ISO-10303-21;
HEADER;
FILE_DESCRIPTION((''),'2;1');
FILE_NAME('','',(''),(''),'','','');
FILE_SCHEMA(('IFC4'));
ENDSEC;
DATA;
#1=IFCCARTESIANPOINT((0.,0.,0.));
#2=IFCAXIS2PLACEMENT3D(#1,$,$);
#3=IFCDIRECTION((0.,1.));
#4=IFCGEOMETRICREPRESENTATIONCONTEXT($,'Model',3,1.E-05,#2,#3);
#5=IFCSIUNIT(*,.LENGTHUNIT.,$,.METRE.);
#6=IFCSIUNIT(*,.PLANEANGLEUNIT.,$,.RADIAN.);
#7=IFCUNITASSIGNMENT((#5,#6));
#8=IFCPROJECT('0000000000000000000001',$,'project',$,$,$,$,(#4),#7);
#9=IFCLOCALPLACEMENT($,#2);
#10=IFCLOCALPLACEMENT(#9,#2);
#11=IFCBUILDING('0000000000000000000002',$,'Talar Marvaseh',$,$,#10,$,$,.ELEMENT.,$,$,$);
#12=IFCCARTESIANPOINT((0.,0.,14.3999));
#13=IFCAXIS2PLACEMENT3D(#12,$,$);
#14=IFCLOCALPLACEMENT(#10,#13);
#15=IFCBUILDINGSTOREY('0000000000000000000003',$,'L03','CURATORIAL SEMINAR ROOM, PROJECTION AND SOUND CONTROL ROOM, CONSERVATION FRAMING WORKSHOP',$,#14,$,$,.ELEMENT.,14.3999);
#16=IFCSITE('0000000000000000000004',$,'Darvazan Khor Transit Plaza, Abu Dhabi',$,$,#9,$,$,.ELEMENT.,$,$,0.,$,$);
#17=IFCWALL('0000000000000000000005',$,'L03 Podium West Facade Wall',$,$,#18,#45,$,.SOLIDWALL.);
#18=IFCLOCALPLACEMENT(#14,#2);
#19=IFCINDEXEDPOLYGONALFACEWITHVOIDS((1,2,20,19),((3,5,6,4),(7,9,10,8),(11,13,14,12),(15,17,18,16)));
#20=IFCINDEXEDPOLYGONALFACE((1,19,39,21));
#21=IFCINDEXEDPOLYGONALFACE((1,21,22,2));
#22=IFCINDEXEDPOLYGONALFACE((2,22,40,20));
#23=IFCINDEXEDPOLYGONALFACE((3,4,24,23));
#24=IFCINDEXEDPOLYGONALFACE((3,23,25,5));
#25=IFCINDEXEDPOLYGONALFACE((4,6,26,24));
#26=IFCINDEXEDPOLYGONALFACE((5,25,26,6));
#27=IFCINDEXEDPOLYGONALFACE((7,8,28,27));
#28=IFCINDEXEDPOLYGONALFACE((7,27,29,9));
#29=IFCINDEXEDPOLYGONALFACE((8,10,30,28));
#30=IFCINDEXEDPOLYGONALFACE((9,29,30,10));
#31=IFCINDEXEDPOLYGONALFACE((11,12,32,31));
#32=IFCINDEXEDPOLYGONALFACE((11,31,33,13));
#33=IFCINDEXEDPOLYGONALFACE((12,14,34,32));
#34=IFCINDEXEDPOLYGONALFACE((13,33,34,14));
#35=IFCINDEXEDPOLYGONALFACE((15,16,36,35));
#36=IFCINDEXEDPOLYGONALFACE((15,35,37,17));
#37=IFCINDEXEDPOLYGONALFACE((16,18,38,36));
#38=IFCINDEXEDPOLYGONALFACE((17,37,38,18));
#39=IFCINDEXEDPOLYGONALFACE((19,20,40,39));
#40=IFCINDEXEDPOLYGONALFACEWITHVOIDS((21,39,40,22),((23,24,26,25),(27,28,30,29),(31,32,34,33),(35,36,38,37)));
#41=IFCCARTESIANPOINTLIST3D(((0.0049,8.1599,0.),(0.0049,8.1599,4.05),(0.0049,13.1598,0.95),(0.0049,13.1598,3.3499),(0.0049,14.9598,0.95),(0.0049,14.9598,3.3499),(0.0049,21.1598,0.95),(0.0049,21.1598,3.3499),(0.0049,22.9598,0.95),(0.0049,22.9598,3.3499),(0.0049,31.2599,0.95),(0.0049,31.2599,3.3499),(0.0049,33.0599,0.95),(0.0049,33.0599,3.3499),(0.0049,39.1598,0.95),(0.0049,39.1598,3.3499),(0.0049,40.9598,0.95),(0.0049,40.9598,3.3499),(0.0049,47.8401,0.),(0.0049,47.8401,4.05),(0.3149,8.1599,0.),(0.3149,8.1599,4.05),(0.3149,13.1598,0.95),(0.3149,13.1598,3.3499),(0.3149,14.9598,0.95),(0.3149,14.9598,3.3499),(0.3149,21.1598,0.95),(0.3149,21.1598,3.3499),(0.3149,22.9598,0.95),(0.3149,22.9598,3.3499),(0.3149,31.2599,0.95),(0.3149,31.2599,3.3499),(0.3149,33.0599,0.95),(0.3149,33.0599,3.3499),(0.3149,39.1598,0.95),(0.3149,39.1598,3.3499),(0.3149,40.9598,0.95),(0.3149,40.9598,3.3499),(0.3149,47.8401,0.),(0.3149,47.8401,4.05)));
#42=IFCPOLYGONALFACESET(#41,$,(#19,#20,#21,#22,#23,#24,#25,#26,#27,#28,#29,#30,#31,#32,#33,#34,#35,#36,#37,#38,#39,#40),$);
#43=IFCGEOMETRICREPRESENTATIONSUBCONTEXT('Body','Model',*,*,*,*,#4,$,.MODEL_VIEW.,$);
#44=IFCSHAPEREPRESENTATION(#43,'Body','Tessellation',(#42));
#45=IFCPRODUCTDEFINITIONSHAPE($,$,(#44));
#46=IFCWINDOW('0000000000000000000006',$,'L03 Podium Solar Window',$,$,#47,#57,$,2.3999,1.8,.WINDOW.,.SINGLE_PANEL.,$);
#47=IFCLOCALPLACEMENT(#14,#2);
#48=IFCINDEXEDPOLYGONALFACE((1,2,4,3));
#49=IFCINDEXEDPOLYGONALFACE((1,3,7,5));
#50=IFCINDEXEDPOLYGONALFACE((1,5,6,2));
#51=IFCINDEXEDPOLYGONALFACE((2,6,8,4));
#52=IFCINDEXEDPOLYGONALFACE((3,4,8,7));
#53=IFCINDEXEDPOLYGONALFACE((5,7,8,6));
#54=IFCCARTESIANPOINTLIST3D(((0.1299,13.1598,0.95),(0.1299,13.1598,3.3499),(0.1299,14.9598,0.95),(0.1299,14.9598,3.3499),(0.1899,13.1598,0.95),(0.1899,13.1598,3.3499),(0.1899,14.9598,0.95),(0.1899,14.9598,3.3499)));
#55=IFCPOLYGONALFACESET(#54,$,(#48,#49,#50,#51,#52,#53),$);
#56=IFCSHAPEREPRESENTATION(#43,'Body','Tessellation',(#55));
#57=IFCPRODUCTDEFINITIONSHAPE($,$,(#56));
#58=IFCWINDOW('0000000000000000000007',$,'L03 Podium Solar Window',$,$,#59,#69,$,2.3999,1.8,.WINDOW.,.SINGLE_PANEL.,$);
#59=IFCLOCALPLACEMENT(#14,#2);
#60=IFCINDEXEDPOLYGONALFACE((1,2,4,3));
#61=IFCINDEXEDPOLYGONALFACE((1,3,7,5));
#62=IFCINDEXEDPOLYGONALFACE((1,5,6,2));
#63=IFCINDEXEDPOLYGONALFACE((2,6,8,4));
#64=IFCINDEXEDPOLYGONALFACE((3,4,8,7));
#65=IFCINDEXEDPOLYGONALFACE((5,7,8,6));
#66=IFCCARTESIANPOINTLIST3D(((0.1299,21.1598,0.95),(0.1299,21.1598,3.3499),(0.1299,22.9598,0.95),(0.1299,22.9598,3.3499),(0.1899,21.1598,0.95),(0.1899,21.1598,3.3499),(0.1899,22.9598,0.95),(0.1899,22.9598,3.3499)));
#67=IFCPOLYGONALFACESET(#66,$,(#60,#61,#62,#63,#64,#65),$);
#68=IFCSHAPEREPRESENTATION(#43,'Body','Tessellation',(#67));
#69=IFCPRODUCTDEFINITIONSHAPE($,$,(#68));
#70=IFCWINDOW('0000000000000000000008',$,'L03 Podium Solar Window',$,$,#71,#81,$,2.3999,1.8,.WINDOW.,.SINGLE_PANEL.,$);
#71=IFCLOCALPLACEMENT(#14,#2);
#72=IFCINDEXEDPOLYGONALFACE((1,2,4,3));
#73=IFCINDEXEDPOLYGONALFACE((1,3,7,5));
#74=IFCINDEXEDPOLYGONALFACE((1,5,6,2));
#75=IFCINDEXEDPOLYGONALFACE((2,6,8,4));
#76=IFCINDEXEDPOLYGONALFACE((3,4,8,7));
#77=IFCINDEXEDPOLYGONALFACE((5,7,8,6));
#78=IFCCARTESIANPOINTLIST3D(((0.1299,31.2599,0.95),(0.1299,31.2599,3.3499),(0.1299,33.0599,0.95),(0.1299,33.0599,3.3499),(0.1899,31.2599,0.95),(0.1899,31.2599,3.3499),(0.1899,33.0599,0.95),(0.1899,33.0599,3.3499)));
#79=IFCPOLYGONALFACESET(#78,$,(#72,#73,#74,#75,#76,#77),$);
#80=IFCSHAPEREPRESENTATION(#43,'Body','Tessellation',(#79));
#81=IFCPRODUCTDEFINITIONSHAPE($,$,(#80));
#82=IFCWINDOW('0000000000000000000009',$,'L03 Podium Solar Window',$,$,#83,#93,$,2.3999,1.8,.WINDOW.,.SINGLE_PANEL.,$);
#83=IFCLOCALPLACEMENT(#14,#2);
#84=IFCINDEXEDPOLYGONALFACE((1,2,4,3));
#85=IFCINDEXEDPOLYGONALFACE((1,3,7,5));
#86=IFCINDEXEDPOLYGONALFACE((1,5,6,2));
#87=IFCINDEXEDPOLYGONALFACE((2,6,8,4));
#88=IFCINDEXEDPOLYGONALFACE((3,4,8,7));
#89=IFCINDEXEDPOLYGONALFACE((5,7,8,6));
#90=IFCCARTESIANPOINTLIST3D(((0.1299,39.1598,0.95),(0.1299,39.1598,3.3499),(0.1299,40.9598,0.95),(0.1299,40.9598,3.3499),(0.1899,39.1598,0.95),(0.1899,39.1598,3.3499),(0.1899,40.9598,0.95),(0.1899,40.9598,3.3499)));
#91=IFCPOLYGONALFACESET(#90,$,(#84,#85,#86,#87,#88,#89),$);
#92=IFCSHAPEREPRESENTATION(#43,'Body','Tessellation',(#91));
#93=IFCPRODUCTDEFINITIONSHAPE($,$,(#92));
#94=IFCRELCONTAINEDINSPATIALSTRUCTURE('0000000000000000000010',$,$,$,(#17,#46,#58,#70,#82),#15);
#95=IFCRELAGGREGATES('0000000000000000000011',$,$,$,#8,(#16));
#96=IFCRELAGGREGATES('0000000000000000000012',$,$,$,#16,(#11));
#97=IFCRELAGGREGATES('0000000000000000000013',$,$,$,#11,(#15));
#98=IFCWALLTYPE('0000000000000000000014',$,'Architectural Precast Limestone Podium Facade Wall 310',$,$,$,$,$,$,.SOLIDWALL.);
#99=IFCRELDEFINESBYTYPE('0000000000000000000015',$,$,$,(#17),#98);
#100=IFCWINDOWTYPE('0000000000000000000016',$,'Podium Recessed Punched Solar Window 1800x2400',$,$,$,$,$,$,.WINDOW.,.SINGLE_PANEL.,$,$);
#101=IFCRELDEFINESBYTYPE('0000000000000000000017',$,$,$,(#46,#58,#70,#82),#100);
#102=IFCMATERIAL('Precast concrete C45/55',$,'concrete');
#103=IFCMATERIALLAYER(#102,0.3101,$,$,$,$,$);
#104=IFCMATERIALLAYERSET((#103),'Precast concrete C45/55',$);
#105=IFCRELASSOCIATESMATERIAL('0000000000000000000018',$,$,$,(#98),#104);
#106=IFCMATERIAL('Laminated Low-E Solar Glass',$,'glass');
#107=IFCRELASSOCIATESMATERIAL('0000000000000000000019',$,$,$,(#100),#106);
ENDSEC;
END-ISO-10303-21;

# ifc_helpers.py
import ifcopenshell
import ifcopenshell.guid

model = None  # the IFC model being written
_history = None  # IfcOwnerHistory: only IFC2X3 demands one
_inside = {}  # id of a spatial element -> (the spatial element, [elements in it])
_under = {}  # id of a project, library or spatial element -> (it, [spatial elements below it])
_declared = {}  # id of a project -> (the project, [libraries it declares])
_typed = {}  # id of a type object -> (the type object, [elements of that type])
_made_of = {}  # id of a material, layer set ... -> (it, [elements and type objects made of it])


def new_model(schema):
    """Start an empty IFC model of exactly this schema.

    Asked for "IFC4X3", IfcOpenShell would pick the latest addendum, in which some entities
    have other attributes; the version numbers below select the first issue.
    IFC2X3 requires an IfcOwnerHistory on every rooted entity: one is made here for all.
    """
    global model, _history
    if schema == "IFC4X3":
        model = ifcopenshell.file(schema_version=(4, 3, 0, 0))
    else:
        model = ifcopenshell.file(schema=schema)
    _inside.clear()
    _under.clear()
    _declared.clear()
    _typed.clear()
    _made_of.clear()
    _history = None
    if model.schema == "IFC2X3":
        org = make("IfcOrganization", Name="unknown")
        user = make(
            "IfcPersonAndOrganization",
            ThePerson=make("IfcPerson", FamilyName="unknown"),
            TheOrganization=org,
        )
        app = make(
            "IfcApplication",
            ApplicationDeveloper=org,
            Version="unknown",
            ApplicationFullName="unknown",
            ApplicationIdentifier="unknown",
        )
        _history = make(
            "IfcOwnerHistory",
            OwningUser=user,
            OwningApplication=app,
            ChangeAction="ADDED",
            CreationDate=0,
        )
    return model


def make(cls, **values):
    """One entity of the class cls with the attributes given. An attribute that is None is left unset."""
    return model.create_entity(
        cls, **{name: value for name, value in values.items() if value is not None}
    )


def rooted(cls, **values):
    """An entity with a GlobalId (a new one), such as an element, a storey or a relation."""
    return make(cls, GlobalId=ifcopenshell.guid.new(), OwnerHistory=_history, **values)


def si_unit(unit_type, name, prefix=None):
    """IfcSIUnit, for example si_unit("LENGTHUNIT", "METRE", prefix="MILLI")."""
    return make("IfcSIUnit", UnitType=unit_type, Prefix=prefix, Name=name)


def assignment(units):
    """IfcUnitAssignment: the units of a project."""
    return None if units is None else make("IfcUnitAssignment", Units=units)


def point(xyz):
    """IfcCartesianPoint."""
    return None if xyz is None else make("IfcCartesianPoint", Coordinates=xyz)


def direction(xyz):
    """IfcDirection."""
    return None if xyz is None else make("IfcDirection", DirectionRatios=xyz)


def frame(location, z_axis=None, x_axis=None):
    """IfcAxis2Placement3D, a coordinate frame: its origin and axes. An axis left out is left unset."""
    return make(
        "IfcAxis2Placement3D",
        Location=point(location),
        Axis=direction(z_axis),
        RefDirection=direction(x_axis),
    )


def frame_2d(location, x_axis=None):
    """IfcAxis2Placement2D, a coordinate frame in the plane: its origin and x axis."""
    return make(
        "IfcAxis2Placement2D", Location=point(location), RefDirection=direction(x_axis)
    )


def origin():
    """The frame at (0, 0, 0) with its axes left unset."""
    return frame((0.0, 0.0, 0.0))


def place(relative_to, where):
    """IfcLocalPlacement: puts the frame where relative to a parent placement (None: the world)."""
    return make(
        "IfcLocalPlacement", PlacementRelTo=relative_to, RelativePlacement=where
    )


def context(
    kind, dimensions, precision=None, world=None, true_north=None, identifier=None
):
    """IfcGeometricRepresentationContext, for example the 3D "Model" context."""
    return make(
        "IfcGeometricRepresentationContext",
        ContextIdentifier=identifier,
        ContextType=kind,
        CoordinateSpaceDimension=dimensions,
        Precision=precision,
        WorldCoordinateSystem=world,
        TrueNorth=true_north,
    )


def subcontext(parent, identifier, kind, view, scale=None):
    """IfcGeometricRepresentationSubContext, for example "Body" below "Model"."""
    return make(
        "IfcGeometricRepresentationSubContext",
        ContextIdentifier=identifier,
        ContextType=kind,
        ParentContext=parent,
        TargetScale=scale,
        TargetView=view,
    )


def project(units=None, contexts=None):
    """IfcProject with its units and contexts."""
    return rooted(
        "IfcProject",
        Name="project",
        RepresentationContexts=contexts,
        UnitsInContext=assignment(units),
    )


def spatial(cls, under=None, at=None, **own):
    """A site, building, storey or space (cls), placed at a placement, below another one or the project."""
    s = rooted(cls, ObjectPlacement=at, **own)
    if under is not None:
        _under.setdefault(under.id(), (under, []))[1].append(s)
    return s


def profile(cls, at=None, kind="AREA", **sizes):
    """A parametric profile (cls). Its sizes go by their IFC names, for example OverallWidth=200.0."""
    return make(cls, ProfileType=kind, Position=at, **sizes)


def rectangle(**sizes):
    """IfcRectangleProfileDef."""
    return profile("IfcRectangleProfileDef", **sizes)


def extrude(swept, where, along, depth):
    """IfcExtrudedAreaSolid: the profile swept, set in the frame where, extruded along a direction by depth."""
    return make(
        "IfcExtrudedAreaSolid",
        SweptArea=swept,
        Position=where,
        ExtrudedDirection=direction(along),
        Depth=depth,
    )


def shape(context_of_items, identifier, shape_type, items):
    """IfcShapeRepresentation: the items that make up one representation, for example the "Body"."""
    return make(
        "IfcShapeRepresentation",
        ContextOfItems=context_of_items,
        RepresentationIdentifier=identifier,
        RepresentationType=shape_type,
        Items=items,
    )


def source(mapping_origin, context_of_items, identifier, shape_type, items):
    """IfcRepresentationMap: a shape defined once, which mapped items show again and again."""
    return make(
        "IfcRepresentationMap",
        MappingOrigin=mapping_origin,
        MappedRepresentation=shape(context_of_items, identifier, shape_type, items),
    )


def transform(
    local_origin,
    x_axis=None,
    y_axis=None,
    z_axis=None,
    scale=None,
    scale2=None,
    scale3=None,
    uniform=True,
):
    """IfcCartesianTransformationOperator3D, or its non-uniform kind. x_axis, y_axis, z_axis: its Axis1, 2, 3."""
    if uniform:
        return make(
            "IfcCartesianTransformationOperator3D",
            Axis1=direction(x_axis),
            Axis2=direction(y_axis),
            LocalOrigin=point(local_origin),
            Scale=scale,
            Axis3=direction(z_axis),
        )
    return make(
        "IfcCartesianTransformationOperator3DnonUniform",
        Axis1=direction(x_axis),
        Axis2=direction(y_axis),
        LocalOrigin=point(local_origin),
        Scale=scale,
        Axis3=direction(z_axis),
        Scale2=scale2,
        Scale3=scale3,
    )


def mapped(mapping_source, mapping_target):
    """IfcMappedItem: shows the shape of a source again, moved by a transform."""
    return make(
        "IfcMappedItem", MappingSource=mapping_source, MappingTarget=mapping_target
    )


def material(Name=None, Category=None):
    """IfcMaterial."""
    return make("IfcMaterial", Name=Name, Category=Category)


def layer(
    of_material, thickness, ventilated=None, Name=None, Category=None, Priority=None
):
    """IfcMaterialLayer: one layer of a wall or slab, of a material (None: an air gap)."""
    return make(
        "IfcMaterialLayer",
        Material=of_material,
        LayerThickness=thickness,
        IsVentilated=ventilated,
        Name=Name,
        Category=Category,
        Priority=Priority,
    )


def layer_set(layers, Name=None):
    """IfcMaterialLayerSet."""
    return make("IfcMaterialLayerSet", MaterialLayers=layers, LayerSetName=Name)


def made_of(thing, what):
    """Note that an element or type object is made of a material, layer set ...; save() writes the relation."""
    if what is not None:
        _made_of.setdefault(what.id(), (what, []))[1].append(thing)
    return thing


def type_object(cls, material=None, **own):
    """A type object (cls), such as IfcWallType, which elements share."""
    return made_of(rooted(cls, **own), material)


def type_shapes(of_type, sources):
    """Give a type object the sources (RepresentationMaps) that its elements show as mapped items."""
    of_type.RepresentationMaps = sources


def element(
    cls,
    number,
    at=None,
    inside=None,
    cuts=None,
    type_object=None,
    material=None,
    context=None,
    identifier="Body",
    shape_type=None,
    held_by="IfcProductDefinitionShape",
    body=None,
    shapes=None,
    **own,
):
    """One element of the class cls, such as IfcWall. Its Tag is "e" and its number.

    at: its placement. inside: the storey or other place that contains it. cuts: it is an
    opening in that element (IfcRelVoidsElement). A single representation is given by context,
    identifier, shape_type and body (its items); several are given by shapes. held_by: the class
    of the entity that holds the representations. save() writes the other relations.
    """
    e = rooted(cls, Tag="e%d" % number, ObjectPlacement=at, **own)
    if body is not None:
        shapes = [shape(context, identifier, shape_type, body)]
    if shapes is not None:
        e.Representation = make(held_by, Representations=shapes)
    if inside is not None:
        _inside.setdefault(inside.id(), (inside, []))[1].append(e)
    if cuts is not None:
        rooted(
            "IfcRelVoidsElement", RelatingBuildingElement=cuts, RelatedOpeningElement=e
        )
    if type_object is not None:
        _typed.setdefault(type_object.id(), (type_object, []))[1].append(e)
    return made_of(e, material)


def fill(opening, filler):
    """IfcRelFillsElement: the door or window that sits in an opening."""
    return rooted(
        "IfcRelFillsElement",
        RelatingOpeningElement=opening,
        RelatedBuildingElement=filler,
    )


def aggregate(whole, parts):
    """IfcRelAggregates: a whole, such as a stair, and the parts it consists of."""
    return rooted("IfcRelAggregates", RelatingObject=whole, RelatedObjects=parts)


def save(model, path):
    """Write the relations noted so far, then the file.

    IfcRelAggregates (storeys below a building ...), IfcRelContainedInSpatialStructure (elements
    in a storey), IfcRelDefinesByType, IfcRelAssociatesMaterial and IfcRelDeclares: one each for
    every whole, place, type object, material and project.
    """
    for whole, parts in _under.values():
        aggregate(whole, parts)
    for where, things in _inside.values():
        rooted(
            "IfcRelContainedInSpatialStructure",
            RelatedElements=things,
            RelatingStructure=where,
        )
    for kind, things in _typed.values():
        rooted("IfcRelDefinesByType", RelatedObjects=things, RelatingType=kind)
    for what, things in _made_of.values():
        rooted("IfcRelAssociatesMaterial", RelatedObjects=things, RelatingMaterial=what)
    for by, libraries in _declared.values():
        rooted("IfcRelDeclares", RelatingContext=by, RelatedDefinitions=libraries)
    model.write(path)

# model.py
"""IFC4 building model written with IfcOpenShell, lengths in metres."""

from ifc_helpers import new_model, si_unit, direction, frame, frame_2d, origin, place, context, subcontext, project, spatial, rectangle, extrude, source, transform, mapped, material, layer, layer_set, type_object, type_shapes, element, fill, save


model = new_model("IFC4")

# Units and contexts
model_context = context("Model", 3, precision=1e-05, world=origin(), true_north=direction((0.0, 1.0)))
body_context = subcontext(model_context, "Body", "Model", "MODEL_VIEW")
ifc_project = project(units=[si_unit("LENGTHUNIT", "METRE"), si_unit("PLANEANGLEUNIT", "RADIAN")], contexts=[model_context])

# Site, building, storey
site_placement = place(None, origin())
site = spatial("IfcSite", under=ifc_project, at=site_placement, Name="Darvazan Khor Transit Plaza, Abu Dhabi", CompositionType="ELEMENT", RefElevation=0.0)
building_placement = place(site_placement, origin())
building = spatial("IfcBuilding", under=site, at=building_placement, Name="Talar Marvaseh", CompositionType="ELEMENT")
storey_placement = place(building_placement, frame((0.0, 0.0, 14.3999)))
storey = spatial("IfcBuildingStorey", under=building, at=storey_placement, Name="L03", Description="CURATORIAL SEMINAR ROOM, PROJECTION AND SOUND CONTROL ROOM, CONSERVATION FRAMING WORKSHOP", CompositionType="ELEMENT", Elevation=14.3999)

# Wall, openings, windows
ifc_material_1 = material(Name="Precast concrete C45/55", Category="concrete")
ifc_layer_1 = layer(ifc_material_1, 0.3101)
ifc_layer_set_1 = layer_set([ifc_layer_1], Name="Precast concrete C45/55")
wall_type = type_object("IfcWallType", Name="Architectural Precast Limestone Podium Facade Wall 310", PredefinedType="SOLIDWALL", material=ifc_layer_set_1)
wall_placement = place(storey_placement, frame((0.1599, 8.1599, 0.0), z_axis=(0.0, 0.0, 1.0), x_axis=(0.0, 1.0, 0.0)))
wall = element("IfcWall", 1, at=wall_placement, inside=storey, type_object=wall_type, Name="L03 Podium West Facade Wall", PredefinedType="SOLIDWALL", context=body_context, shape_type="SweptSolid", body=[
    extrude(rectangle(XDim=39.6802, YDim=0.3101, at=frame_2d((19.8401, 0.0))), origin(), (0.0, 0.0, 1.0), 4.05),
])
opening_1_placement = place(wall_placement, frame((5.0, 0.0, 0.95)))
opening_1 = element("IfcOpeningElement", 2, at=opening_1_placement, cuts=wall, PredefinedType="OPENING", context=body_context, shape_type="SweptSolid", body=[
    extrude(rectangle(XDim=1.8, YDim=2.3999, at=frame_2d((0.8999, 1.2))), frame((0.0, 0.165, 0.0), z_axis=(0.0, -1.0, 0.0), x_axis=(1.0, 0.0, 0.0)), (0.0, 0.0, 1.0), 0.3301),
])
opening_2_placement = place(wall_placement, frame((13.0, 0.0, 0.95)))
opening_2 = element("IfcOpeningElement", 3, at=opening_2_placement, cuts=wall, PredefinedType="OPENING", context=body_context, shape_type="SweptSolid", body=[
    extrude(rectangle(XDim=1.8, YDim=2.3999, at=frame_2d((0.8999, 1.2))), frame((0.0, 0.165, 0.0), z_axis=(0.0, -1.0, 0.0), x_axis=(1.0, 0.0, 0.0)), (0.0, 0.0, 1.0), 0.3301),
])
opening_3_placement = place(wall_placement, frame((23.1001, 0.0, 0.95)))
opening_3 = element("IfcOpeningElement", 4, at=opening_3_placement, cuts=wall, PredefinedType="OPENING", context=body_context, shape_type="SweptSolid", body=[
    extrude(rectangle(XDim=1.8, YDim=2.3999, at=frame_2d((0.8999, 1.2))), frame((0.0, 0.165, 0.0), z_axis=(0.0, -1.0, 0.0), x_axis=(1.0, 0.0, 0.0)), (0.0, 0.0, 1.0), 0.3301),
])
opening_4_placement = place(wall_placement, frame((31.0, 0.0, 0.95)))
opening_4 = element("IfcOpeningElement", 5, at=opening_4_placement, cuts=wall, PredefinedType="OPENING", context=body_context, shape_type="SweptSolid", body=[
    extrude(rectangle(XDim=1.8, YDim=2.3999, at=frame_2d((0.8999, 1.2))), frame((0.0, 0.165, 0.0), z_axis=(0.0, -1.0, 0.0), x_axis=(1.0, 0.0, 0.0)), (0.0, 0.0, 1.0), 0.3301),
])
ifc_material_2 = material(Name="Laminated Low-E Solar Glass", Category="glass")
window_type = type_object("IfcWindowType", Name="Podium Recessed Punched Solar Window 1800x2400", PartitioningType="SINGLE_PANEL", PredefinedType="WINDOW", material=ifc_material_2)
shared_shape = source(origin(), body_context, "Body", "SweptSolid", [
    extrude(rectangle(XDim=1.8, YDim=2.3999, at=frame_2d((0.8999, 1.2))), frame((0.0, 0.03, 0.0), z_axis=(0.0, -1.0, 0.0), x_axis=(1.0, 0.0, 0.0)), (0.0, 0.0, 1.0), 0.0601),
])
type_shapes(window_type, [shared_shape])
window_1_placement = place(opening_1_placement, origin())
window_1 = element("IfcWindow", 6, at=window_1_placement, inside=storey, type_object=window_type, Name="L03 Podium Solar Window", OverallHeight=2.3999, OverallWidth=1.8, PartitioningType="SINGLE_PANEL", PredefinedType="WINDOW", context=body_context, shape_type="MappedRepresentation", body=[
    mapped(shared_shape, transform((0.0, 0.0, 0.0), x_axis=(1.0, 0.0, 0.0), y_axis=(0.0, 1.0, 0.0), z_axis=(0.0, 0.0, 1.0), scale=1.0)),
])
fill(opening_1, window_1)
window_2_placement = place(opening_2_placement, origin())
window_2 = element("IfcWindow", 7, at=window_2_placement, inside=storey, type_object=window_type, Name="L03 Podium Solar Window", OverallHeight=2.3999, OverallWidth=1.8, PartitioningType="SINGLE_PANEL", PredefinedType="WINDOW", context=body_context, shape_type="MappedRepresentation", body=[
    mapped(shared_shape, transform((0.0, 0.0, 0.0), x_axis=(1.0, 0.0, 0.0), y_axis=(0.0, 1.0, 0.0), z_axis=(0.0, 0.0, 1.0), scale=1.0)),
])
fill(opening_2, window_2)
window_3_placement = place(opening_3_placement, origin())
window_3 = element("IfcWindow", 8, at=window_3_placement, inside=storey, type_object=window_type, Name="L03 Podium Solar Window", OverallHeight=2.3999, OverallWidth=1.8, PartitioningType="SINGLE_PANEL", PredefinedType="WINDOW", context=body_context, shape_type="MappedRepresentation", body=[
    mapped(shared_shape, transform((0.0, 0.0, 0.0), x_axis=(1.0, 0.0, 0.0), y_axis=(0.0, 1.0, 0.0), z_axis=(0.0, 0.0, 1.0), scale=1.0)),
])
fill(opening_3, window_3)
window_4_placement = place(opening_4_placement, origin())
window_4 = element("IfcWindow", 9, at=window_4_placement, inside=storey, type_object=window_type, Name="L03 Podium Solar Window", OverallHeight=2.3999, OverallWidth=1.8, PartitioningType="SINGLE_PANEL", PredefinedType="WINDOW", context=body_context, shape_type="MappedRepresentation", body=[
    mapped(shared_shape, transform((0.0, 0.0, 0.0), x_axis=(1.0, 0.0, 0.0), y_axis=(0.0, 1.0, 0.0), z_axis=(0.0, 0.0, 1.0), scale=1.0)),
])
fill(opening_4, window_4)

save(model, "model.ifc")
